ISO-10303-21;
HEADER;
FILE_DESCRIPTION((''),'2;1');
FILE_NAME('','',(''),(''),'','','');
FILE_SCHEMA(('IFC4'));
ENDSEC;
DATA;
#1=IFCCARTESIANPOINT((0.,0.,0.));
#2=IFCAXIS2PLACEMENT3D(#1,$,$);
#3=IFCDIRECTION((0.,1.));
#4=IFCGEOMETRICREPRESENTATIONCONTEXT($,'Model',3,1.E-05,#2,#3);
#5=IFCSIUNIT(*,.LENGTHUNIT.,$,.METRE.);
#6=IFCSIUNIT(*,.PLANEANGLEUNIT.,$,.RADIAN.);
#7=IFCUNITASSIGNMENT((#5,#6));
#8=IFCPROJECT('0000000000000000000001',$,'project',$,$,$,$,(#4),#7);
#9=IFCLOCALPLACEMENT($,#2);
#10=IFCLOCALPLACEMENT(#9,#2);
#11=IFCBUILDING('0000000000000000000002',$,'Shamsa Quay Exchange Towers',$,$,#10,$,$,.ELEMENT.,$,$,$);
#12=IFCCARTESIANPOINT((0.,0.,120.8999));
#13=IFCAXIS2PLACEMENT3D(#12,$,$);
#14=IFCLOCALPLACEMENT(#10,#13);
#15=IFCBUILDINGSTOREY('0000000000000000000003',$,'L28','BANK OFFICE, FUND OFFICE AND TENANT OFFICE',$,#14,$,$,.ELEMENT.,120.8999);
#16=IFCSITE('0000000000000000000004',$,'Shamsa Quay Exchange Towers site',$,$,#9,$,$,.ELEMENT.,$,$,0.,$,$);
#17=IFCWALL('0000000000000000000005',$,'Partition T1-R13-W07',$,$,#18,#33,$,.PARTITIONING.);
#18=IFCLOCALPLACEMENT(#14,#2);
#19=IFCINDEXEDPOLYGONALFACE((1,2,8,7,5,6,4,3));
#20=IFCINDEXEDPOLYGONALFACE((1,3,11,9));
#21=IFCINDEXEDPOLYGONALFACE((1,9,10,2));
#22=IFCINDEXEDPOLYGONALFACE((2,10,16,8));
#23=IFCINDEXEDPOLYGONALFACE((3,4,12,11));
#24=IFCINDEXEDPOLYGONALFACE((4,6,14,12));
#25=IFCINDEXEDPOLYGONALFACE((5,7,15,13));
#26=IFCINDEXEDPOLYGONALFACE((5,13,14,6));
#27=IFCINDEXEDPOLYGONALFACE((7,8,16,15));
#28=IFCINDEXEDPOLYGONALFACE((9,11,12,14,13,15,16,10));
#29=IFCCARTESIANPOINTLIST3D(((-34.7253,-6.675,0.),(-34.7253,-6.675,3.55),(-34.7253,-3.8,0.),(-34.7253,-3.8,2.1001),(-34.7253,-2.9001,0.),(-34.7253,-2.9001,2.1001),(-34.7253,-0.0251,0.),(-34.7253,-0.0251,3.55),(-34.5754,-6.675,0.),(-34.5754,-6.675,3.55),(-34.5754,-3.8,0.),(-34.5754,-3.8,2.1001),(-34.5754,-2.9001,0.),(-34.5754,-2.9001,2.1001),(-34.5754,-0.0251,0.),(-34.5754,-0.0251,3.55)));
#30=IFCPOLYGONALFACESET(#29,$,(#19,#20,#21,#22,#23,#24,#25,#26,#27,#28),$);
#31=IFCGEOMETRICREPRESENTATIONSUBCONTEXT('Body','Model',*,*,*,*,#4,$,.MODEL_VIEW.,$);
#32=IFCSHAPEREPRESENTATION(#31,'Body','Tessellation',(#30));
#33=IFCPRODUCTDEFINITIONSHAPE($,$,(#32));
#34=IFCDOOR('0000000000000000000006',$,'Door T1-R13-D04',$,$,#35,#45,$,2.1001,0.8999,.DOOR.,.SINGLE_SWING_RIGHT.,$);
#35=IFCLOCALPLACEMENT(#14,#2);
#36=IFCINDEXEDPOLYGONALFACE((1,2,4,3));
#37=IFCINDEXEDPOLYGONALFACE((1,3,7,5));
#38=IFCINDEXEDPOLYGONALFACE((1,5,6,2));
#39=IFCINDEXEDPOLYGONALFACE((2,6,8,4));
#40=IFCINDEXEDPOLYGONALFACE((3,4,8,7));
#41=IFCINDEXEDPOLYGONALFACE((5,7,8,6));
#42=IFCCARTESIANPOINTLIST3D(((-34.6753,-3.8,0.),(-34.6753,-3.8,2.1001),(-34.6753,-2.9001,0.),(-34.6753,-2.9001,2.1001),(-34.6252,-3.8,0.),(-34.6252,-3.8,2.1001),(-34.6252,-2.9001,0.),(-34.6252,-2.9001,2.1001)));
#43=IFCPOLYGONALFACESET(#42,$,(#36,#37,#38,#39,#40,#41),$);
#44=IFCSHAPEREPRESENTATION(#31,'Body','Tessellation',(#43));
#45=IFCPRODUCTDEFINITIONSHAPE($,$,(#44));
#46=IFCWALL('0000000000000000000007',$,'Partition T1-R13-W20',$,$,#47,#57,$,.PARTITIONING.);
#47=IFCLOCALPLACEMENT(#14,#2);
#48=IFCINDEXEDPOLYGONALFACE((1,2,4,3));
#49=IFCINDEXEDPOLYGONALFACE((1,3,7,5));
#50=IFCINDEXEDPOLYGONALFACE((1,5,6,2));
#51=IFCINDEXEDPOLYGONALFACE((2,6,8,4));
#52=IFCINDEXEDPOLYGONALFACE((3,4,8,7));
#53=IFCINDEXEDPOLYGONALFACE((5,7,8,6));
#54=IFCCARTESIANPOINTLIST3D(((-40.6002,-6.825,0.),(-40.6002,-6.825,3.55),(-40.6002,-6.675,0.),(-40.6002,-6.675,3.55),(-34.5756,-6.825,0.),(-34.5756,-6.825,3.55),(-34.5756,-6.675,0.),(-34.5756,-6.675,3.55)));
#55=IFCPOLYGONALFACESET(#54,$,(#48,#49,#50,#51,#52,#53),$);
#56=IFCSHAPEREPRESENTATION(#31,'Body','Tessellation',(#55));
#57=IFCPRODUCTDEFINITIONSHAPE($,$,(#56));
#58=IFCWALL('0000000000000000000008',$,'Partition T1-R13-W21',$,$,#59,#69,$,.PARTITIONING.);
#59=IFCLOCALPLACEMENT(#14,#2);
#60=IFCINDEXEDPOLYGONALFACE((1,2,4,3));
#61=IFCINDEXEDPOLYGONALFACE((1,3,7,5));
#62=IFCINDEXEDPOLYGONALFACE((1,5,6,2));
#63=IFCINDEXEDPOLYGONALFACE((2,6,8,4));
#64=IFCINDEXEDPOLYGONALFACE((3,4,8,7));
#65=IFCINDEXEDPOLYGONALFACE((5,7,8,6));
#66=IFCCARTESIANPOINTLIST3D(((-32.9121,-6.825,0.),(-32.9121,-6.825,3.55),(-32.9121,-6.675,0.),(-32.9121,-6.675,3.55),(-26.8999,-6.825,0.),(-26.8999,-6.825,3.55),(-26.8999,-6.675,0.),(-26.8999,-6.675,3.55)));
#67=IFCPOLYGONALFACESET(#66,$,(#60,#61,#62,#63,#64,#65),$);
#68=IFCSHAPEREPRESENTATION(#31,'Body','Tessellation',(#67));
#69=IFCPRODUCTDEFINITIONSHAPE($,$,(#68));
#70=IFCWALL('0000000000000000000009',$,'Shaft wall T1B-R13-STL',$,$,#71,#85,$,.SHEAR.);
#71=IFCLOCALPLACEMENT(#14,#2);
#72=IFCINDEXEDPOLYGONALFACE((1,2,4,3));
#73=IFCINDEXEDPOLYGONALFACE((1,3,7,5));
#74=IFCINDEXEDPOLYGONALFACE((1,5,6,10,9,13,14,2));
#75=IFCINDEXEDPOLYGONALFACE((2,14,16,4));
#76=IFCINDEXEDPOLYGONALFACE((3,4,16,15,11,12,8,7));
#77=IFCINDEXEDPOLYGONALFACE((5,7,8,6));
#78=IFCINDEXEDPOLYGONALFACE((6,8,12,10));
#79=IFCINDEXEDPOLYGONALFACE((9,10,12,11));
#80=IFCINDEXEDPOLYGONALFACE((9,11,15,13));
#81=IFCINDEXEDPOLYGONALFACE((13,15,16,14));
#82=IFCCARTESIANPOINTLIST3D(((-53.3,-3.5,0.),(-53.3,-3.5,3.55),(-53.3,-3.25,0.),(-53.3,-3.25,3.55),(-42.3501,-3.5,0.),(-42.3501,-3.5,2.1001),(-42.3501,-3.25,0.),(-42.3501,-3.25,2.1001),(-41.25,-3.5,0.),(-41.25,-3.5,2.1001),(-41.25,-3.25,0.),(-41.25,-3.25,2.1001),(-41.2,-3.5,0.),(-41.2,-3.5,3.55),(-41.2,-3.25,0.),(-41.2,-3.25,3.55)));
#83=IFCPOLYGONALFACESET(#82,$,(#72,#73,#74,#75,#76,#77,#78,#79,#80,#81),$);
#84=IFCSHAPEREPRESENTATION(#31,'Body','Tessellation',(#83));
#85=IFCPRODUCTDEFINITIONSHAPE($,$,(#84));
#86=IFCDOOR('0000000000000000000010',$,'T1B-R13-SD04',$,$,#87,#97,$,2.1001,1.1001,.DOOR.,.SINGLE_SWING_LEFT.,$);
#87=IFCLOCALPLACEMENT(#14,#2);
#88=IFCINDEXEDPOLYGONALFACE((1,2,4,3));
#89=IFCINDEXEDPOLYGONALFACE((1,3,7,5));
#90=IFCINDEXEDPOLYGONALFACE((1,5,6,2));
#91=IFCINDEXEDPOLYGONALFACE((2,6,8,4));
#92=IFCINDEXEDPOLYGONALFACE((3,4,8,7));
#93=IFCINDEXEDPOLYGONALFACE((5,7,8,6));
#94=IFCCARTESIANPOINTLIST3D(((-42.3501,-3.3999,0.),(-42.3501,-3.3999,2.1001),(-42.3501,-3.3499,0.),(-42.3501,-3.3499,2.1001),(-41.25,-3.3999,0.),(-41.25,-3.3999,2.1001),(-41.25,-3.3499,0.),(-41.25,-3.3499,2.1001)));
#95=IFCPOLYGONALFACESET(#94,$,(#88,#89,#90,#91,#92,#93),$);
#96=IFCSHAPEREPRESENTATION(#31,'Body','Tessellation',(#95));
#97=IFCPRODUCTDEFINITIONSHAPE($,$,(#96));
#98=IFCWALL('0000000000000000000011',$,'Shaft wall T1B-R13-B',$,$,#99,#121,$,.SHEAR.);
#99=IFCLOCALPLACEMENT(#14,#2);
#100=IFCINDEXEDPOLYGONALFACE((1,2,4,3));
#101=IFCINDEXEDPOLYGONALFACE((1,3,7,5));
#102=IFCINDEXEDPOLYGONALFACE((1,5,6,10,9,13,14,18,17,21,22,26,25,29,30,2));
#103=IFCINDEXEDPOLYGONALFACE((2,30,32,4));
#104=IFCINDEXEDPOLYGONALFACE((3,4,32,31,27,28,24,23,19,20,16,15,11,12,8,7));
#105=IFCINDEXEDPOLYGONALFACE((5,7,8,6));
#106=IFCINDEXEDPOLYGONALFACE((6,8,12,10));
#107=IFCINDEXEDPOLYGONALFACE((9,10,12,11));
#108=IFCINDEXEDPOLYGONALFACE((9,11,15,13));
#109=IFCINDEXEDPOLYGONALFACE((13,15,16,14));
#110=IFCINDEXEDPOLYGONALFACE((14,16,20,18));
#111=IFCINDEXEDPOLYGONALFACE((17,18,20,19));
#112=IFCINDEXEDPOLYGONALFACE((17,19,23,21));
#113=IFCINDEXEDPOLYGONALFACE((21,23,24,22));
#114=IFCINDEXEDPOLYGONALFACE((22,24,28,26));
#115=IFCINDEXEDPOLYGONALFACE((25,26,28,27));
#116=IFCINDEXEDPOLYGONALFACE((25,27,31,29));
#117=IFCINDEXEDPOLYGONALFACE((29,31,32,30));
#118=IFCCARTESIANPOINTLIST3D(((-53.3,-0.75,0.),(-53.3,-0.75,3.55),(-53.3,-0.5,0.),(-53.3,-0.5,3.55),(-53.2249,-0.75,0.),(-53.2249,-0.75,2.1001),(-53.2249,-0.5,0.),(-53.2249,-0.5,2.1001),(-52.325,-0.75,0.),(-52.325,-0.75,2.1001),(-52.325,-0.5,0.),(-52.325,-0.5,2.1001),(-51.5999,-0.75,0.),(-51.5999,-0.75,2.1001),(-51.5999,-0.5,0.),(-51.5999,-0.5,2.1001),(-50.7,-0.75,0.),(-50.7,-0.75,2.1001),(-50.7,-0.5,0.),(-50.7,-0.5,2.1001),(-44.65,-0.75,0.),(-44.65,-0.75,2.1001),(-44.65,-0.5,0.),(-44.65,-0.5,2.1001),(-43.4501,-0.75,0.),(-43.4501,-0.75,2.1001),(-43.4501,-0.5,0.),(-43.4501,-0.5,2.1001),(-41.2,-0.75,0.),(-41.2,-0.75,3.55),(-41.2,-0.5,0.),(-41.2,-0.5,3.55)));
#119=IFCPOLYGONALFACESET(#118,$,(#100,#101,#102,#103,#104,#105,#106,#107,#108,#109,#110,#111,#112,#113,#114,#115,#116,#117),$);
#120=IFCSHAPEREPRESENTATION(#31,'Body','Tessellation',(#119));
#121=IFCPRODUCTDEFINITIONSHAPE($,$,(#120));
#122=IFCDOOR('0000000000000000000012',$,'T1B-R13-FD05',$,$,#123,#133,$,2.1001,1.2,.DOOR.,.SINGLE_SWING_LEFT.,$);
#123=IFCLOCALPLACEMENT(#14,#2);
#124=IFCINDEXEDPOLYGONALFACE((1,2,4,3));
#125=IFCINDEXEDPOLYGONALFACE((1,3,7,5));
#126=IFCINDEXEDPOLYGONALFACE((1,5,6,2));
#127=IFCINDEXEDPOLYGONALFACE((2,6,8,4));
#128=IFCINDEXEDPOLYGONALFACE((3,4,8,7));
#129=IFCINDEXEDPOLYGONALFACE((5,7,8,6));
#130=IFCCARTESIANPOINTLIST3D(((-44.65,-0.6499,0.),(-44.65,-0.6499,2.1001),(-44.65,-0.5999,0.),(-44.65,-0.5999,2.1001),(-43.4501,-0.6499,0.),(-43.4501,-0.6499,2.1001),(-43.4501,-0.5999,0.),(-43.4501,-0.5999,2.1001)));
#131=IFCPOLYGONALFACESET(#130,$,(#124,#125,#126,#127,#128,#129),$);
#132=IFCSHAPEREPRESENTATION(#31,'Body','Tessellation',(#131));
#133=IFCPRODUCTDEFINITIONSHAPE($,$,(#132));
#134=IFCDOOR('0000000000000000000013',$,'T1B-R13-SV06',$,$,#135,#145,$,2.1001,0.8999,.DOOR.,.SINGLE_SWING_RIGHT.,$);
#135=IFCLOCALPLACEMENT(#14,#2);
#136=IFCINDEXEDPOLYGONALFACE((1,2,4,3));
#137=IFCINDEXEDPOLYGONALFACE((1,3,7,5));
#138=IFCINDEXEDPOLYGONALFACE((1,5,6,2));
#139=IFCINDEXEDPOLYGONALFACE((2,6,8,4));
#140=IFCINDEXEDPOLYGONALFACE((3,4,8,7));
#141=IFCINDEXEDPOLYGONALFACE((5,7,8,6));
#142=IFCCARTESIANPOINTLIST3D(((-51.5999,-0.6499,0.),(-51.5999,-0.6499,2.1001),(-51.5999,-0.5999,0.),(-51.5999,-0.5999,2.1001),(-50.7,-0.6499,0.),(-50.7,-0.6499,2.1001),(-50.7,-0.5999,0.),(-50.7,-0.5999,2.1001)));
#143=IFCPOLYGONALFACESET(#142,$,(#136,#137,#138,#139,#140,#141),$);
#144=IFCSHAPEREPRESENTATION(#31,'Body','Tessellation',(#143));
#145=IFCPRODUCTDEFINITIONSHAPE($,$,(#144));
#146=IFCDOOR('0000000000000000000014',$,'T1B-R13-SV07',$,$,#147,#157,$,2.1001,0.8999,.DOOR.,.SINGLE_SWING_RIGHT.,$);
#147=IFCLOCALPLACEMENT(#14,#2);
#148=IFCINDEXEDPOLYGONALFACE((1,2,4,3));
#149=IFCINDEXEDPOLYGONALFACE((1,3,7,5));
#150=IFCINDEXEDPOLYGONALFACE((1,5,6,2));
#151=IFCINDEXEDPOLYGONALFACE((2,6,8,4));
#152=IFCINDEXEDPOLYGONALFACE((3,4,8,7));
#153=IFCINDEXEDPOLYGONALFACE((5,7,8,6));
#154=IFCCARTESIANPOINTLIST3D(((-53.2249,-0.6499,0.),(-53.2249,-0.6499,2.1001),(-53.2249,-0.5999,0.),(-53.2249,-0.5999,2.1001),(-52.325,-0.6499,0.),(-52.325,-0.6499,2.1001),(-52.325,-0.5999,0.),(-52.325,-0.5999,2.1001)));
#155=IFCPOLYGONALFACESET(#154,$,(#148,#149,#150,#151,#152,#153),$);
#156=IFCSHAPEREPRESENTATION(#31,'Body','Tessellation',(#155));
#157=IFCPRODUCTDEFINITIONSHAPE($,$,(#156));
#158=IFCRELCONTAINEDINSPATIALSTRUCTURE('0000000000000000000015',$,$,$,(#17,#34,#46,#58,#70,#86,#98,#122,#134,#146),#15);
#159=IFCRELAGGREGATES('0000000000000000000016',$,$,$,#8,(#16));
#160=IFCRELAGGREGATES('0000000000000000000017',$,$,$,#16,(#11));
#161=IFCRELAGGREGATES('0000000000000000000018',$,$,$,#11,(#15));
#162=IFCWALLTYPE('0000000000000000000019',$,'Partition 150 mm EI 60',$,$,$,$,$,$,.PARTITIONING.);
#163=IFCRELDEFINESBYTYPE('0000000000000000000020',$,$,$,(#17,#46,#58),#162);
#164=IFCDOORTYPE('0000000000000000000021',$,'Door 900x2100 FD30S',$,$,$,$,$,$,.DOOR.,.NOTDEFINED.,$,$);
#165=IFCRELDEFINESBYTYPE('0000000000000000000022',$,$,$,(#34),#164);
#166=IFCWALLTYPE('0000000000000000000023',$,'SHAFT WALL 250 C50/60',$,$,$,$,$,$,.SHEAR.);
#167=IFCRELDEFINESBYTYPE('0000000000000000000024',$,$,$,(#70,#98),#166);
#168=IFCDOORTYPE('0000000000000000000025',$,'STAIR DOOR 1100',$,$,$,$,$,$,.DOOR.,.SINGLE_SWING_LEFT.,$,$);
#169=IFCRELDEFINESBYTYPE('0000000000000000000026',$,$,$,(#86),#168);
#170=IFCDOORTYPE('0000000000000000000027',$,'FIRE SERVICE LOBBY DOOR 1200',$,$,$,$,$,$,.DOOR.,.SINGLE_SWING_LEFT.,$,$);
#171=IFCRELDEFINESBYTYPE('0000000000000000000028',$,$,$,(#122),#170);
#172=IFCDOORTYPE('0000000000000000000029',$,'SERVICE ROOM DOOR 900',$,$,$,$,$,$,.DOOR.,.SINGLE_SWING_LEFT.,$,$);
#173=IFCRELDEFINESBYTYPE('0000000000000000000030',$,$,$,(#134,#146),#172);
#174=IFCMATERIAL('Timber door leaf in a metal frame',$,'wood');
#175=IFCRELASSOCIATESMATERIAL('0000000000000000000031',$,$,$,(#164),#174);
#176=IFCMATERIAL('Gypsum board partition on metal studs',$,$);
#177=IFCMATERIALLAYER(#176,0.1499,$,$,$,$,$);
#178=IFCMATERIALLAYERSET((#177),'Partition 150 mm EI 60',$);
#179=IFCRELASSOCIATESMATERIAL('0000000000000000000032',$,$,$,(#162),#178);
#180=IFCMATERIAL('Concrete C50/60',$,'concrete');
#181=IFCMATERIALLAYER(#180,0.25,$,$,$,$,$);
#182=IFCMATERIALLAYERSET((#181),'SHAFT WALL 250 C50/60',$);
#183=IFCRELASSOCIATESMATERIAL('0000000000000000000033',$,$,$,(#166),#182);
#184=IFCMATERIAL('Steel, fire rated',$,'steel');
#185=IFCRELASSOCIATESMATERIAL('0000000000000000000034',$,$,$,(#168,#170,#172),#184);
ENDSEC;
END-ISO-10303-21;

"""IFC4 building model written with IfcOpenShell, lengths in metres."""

from ifc_helpers import new_model, si_unit, direction, frame, frame_2d, origin, place, context, subcontext, project, spatial, rectangle, extrude, material, layer, layer_set, type_object, element, fill, save


model = new_model("IFC4")

# Units and contexts
model_context = context("Model", 3, precision=1e-05, world=origin(), true_north=direction((0.0, 1.0)))
body_context = subcontext(model_context, "Body", "Model", "MODEL_VIEW")
ifc_project = project(units=[si_unit("LENGTHUNIT", "METRE"), si_unit("PLANEANGLEUNIT", "RADIAN")], contexts=[model_context])

# Site, building, storey
site_placement = place(None, origin())
site = spatial("IfcSite", under=ifc_project, at=site_placement, Name="Shamsa Quay Exchange Towers site", CompositionType="ELEMENT", RefElevation=0.0)
building_placement = place(site_placement, origin())
building = spatial("IfcBuilding", under=site, at=building_placement, Name="Shamsa Quay Exchange Towers", CompositionType="ELEMENT")
storey_placement = place(building_placement, frame((0.0, 0.0, 120.8999)))
storey = spatial("IfcBuildingStorey", under=building, at=storey_placement, Name="L28", Description="BANK OFFICE, FUND OFFICE AND TENANT OFFICE", CompositionType="ELEMENT", Elevation=120.8999)

# Wall, opening, door
ifc_material_1 = material(Name="Steel, fire rated", Category="steel")
ifc_material_2 = material(Name="Timber door leaf in a metal frame", Category="wood")
door_type_1 = type_object("IfcDoorType", Name="Door 900x2100 FD30S", OperationType="NOTDEFINED", PredefinedType="DOOR", material=ifc_material_2)
ifc_material_3 = material(Name="Gypsum board partition on metal studs")
ifc_layer_1 = layer(ifc_material_3, 0.1499)
ifc_layer_set_1 = layer_set([ifc_layer_1], Name="Partition 150 mm EI 60")
wall_type_1 = type_object("IfcWallType", Name="Partition 150 mm EI 60", PredefinedType="PARTITIONING", material=ifc_layer_set_1)
wall_1_placement = place(storey_placement, frame((-34.6504, -6.675, 0.0), z_axis=(0.0, 0.0, 1.0), x_axis=(0.0, 1.0, 0.0)))
wall_1 = element("IfcWall", 1, at=wall_1_placement, inside=storey, type_object=wall_type_1, Name="Partition T1-R13-W07", PredefinedType="PARTITIONING", context=body_context, shape_type="SweptSolid", body=[
    extrude(rectangle(XDim=6.6499, YDim=0.1499, at=frame_2d((3.325, 0.0))), origin(), (0.0, 0.0, 1.0), 3.55),
])
opening_1_placement = place(wall_1_placement, frame((2.875, 0.0, 0.0)))
opening_1 = element("IfcOpeningElement", 2, at=opening_1_placement, cuts=wall_1, PredefinedType="OPENING", context=body_context, shape_type="SweptSolid", body=[
    extrude(rectangle(XDim=0.8999, YDim=2.1001, at=frame_2d((0.45, 1.05))), frame((0.0, 0.085, 0.0), z_axis=(0.0, -1.0, 0.0), x_axis=(1.0, 0.0, 0.0)), (0.0, 0.0, 1.0), 0.1699),
])
door_1_placement = place(opening_1_placement, origin())
door_1 = element("IfcDoor", 3, at=door_1_placement, inside=storey, type_object=door_type_1, Name="Door T1-R13-D04", OperationType="SINGLE_SWING_RIGHT", OverallHeight=2.1001, OverallWidth=0.8999, PredefinedType="DOOR", context=body_context, shape_type="SweptSolid", body=[
    extrude(rectangle(XDim=0.8999, YDim=2.1001, at=frame_2d((0.45, 1.05))), frame((0.0, 0.0249, 0.0), z_axis=(0.0, -1.0, 0.0), x_axis=(1.0, 0.0, 0.0)), (0.0, 0.0, 1.0), 0.05),
])
fill(opening_1, door_1)

# Walls
wall_2_placement = place(storey_placement, frame((-40.6001, -6.75, 0.0)))
element("IfcWall", 4, at=wall_2_placement, inside=storey, type_object=wall_type_1, Name="Partition T1-R13-W20", PredefinedType="PARTITIONING", context=body_context, shape_type="SweptSolid", body=[
    extrude(rectangle(XDim=6.0247, YDim=0.1499, at=frame_2d((3.0122, 0.0))), origin(), (0.0, 0.0, 1.0), 3.55),
])
wall_3_placement = place(storey_placement, frame((-32.9121, -6.75, 0.0)))
element("IfcWall", 5, at=wall_3_placement, inside=storey, type_object=wall_type_1, Name="Partition T1-R13-W21", PredefinedType="PARTITIONING", context=body_context, shape_type="SweptSolid", body=[
    extrude(rectangle(XDim=6.0122, YDim=0.1499, at=frame_2d((3.0061, 0.0))), origin(), (0.0, 0.0, 1.0), 3.55),
])

# Wall, opening, door
ifc_material_4 = material(Name="Concrete C50/60", Category="concrete")
ifc_layer_2 = layer(ifc_material_4, 0.25)
ifc_layer_set_2 = layer_set([ifc_layer_2], Name="SHAFT WALL 250 C50/60")
wall_type_2 = type_object("IfcWallType", Name="SHAFT WALL 250 C50/60", PredefinedType="SHEAR", material=ifc_layer_set_2)
wall_4_placement = place(storey_placement, frame((-41.2, -3.375, 0.0), z_axis=(0.0, 0.0, 1.0), x_axis=(-1.0, 0.0, 0.0)))
wall_4 = element("IfcWall", 6, at=wall_4_placement, inside=storey, type_object=wall_type_2, Name="Shaft wall T1B-R13-STL", PredefinedType="SHEAR", context=body_context, shape_type="SweptSolid", body=[
    extrude(rectangle(XDim=12.1001, YDim=0.25, at=frame_2d((6.05, 0.0))), origin(), (0.0, 0.0, 1.0), 3.55),
])
opening_2_placement = place(wall_4_placement, frame((0.05, 0.0, 0.0)))
opening_2 = element("IfcOpeningElement", 7, at=opening_2_placement, cuts=wall_4, PredefinedType="OPENING", context=body_context, shape_type="SweptSolid", body=[
    extrude(rectangle(XDim=1.1001, YDim=2.1001, at=frame_2d((0.55, 1.05))), frame((0.0, 0.135, 0.0), z_axis=(0.0, -1.0, 0.0), x_axis=(1.0, 0.0, 0.0)), (0.0, 0.0, 1.0), 0.27),
])
door_type_2 = type_object("IfcDoorType", Name="STAIR DOOR 1100", OperationType="SINGLE_SWING_LEFT", PredefinedType="DOOR", material=ifc_material_1)
door_2_placement = place(opening_2_placement, origin())
door_2 = element("IfcDoor", 8, at=door_2_placement, inside=storey, type_object=door_type_2, Name="T1B-R13-SD04", OperationType="SINGLE_SWING_LEFT", OverallHeight=2.1001, OverallWidth=1.1001, PredefinedType="DOOR", context=body_context, shape_type="SweptSolid", body=[
    extrude(rectangle(XDim=1.1001, YDim=2.1001, at=frame_2d((0.55, 1.05))), frame((0.0, 0.0249, 0.0), z_axis=(0.0, -1.0, 0.0), x_axis=(1.0, 0.0, 0.0)), (0.0, 0.0, 1.0), 0.05),
])
fill(opening_2, door_2)

# Wall, openings, doors
wall_5_placement = place(storey_placement, frame((-41.2, -0.625, 0.0), z_axis=(0.0, 0.0, 1.0), x_axis=(-1.0, 0.0, 0.0)))
wall_5 = element("IfcWall", 9, at=wall_5_placement, inside=storey, type_object=wall_type_2, Name="Shaft wall T1B-R13-B", PredefinedType="SHEAR", context=body_context, shape_type="SweptSolid", body=[
    extrude(rectangle(XDim=12.1001, YDim=0.25, at=frame_2d((6.05, 0.0))), origin(), (0.0, 0.0, 1.0), 3.55),
])
opening_3_placement = place(wall_5_placement, frame((2.25, 0.0, 0.0)))
opening_3 = element("IfcOpeningElement", 10, at=opening_3_placement, cuts=wall_5, PredefinedType="OPENING", context=body_context, shape_type="SweptSolid", body=[
    extrude(rectangle(XDim=1.2, YDim=2.1001, at=frame_2d((0.6001, 1.05))), frame((0.0, 0.135, 0.0), z_axis=(0.0, -1.0, 0.0), x_axis=(1.0, 0.0, 0.0)), (0.0, 0.0, 1.0), 0.27),
])
opening_4_placement = place(wall_5_placement, frame((9.5, 0.0, 0.0)))
opening_4 = element("IfcOpeningElement", 11, at=opening_4_placement, cuts=wall_5, PredefinedType="OPENING", context=body_context, shape_type="SweptSolid", body=[
    extrude(rectangle(XDim=0.8999, YDim=2.1001, at=frame_2d((0.45, 1.05))), frame((0.0, 0.135, 0.0), z_axis=(0.0, -1.0, 0.0), x_axis=(1.0, 0.0, 0.0)), (0.0, 0.0, 1.0), 0.27),
])
opening_5_placement = place(wall_5_placement, frame((11.125, 0.0, 0.0)))
opening_5 = element("IfcOpeningElement", 12, at=opening_5_placement, cuts=wall_5, PredefinedType="OPENING", context=body_context, shape_type="SweptSolid", body=[
    extrude(rectangle(XDim=0.8999, YDim=2.1001, at=frame_2d((0.45, 1.05))), frame((0.0, 0.135, 0.0), z_axis=(0.0, -1.0, 0.0), x_axis=(1.0, 0.0, 0.0)), (0.0, 0.0, 1.0), 0.27),
])
door_type_3 = type_object("IfcDoorType", Name="FIRE SERVICE LOBBY DOOR 1200", OperationType="SINGLE_SWING_LEFT", PredefinedType="DOOR", material=ifc_material_1)
door_3_placement = place(opening_3_placement, origin())
door_3 = element("IfcDoor", 13, at=door_3_placement, inside=storey, type_object=door_type_3, Name="T1B-R13-FD05", OperationType="SINGLE_SWING_LEFT", OverallHeight=2.1001, OverallWidth=1.2, PredefinedType="DOOR", context=body_context, shape_type="SweptSolid", body=[
    extrude(rectangle(XDim=1.2, YDim=2.1001, at=frame_2d((0.6001, 1.05))), frame((0.0, 0.0249, 0.0), z_axis=(0.0, -1.0, 0.0), x_axis=(1.0, 0.0, 0.0)), (0.0, 0.0, 1.0), 0.05),
])
fill(opening_3, door_3)
door_type_4 = type_object("IfcDoorType", Name="SERVICE ROOM DOOR 900", OperationType="SINGLE_SWING_LEFT", PredefinedType="DOOR", material=ifc_material_1)
door_4_placement = place(opening_4_placement, origin())
door_4 = element("IfcDoor", 14, at=door_4_placement, inside=storey, type_object=door_type_4, Name="T1B-R13-SV06", OperationType="SINGLE_SWING_RIGHT", OverallHeight=2.1001, OverallWidth=0.8999, PredefinedType="DOOR", context=body_context, shape_type="SweptSolid", body=[
    extrude(rectangle(XDim=0.8999, YDim=2.1001, at=frame_2d((0.45, 1.05))), frame((0.0, 0.0249, 0.0), z_axis=(0.0, -1.0, 0.0), x_axis=(1.0, 0.0, 0.0)), (0.0, 0.0, 1.0), 0.05),
])
fill(opening_4, door_4)
door_5_placement = place(opening_5_placement, origin())
door_5 = element("IfcDoor", 15, at=door_5_placement, inside=storey, type_object=door_type_4, Name="T1B-R13-SV07", OperationType="SINGLE_SWING_RIGHT", OverallHeight=2.1001, OverallWidth=0.8999, PredefinedType="DOOR", context=body_context, shape_type="SweptSolid", body=[
    extrude(rectangle(XDim=0.8999, YDim=2.1001, at=frame_2d((0.45, 1.05))), frame((0.0, 0.0249, 0.0), z_axis=(0.0, -1.0, 0.0), x_axis=(1.0, 0.0, 0.0)), (0.0, 0.0, 1.0), 0.05),
])
fill(opening_5, door_5)

save(model, "model.ifc")
